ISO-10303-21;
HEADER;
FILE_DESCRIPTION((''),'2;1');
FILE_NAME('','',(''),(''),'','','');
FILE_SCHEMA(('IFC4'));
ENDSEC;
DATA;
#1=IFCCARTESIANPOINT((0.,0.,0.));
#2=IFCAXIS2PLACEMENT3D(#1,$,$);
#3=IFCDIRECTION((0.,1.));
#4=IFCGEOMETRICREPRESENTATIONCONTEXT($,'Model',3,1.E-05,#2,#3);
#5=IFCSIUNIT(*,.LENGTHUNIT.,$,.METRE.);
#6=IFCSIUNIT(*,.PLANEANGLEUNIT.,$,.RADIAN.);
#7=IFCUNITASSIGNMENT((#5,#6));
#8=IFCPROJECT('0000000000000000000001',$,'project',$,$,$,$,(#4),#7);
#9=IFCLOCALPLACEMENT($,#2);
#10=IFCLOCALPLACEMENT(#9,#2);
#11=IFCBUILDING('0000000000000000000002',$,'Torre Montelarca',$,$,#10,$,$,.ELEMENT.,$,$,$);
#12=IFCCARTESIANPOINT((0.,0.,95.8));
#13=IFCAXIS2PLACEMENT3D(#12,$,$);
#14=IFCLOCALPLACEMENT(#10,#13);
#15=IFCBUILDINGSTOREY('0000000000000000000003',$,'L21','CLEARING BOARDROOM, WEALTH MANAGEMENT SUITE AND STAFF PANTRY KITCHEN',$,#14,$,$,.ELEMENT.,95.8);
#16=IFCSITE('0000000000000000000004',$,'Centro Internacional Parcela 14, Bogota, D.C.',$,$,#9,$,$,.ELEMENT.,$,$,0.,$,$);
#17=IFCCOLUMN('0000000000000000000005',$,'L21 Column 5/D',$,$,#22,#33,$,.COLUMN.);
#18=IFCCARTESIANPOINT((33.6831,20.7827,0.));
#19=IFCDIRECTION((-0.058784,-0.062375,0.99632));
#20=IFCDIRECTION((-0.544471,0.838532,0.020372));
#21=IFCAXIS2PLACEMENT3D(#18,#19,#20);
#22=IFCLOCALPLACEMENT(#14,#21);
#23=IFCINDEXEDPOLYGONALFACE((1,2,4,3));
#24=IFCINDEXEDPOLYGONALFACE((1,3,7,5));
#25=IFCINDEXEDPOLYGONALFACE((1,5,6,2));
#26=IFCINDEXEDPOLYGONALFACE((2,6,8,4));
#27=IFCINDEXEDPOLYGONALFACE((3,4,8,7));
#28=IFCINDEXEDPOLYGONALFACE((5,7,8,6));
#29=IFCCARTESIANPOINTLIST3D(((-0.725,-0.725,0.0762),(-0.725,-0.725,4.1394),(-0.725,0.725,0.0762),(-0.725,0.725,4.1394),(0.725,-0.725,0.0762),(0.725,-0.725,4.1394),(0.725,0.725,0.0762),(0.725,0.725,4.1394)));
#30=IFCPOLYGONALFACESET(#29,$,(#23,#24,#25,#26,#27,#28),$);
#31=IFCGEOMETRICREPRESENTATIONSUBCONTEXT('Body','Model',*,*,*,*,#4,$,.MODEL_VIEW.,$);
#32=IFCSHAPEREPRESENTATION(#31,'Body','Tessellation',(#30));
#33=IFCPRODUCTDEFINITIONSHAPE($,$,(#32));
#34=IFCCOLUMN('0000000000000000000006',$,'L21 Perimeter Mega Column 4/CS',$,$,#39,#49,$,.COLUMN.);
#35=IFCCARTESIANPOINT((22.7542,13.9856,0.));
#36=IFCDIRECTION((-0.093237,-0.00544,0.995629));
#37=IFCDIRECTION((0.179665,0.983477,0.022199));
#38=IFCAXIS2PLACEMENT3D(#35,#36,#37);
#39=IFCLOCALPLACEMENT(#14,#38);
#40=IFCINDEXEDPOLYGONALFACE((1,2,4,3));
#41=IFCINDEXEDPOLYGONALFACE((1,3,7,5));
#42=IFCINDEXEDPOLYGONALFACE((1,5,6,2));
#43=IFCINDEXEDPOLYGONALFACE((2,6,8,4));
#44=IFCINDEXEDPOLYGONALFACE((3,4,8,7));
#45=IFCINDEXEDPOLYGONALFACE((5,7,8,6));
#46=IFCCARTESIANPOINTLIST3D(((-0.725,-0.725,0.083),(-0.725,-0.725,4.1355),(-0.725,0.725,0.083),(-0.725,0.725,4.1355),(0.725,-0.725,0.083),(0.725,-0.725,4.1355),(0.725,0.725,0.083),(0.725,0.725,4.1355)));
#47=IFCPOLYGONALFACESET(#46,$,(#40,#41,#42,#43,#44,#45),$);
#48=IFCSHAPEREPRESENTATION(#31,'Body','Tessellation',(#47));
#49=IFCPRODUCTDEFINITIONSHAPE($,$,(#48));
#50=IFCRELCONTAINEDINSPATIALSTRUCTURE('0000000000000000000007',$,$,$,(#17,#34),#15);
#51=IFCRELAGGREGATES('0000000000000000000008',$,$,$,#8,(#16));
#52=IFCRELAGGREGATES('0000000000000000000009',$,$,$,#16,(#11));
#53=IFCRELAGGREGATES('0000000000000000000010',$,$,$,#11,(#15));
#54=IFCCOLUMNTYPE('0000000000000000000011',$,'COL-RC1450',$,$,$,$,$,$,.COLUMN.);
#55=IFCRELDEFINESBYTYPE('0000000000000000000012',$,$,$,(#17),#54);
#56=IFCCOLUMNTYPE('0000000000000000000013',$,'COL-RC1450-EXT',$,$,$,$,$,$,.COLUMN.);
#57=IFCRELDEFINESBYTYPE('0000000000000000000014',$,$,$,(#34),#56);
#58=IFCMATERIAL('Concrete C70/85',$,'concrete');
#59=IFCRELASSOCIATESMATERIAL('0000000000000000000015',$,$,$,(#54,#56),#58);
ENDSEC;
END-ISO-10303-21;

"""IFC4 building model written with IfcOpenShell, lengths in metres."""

from ifc_helpers import new_model, si_unit, direction, frame, origin, origin_2d, place, context, subcontext, project, spatial, rectangle, extrude, clip, halfspace, material, material_profile, profile_set, type_object, element, save


model = new_model("IFC4")

# Units and contexts
model_context = context("Model", 3, precision=1e-05, world=origin(), true_north=direction((0.0, 1.0)))
body_context = subcontext(model_context, "Body", "Model", "MODEL_VIEW")
ifc_project = project(units=[si_unit("LENGTHUNIT", "METRE"), si_unit("PLANEANGLEUNIT", "RADIAN")], contexts=[model_context])

# Site, building, storey
site_placement = place(None, origin())
site = spatial("IfcSite", under=ifc_project, at=site_placement, Name="Centro Internacional Parcela 14, Bogota, D.C.", CompositionType="ELEMENT", RefElevation=0.0)
building_placement = place(site_placement, origin())
building = spatial("IfcBuilding", under=site, at=building_placement, Name="Torre Montelarca", CompositionType="ELEMENT")
storey_placement = place(building_placement, frame((0.0, 0.0, 95.8)))
storey = spatial("IfcBuildingStorey", under=building, at=storey_placement, Name="L21", Description="CLEARING BOARDROOM, WEALTH MANAGEMENT SUITE AND STAFF PANTRY KITCHEN", CompositionType="ELEMENT", Elevation=95.8)

# Columns
ifc_material_1 = material(Name="Concrete C70/85", Category="concrete")
ifc_material_profile_1 = material_profile(ifc_material_1, rectangle(XDim=1.45, YDim=1.45, at=origin_2d()), Name="RC1450X1450", Category="concrete")
ifc_profile_set_1 = profile_set([ifc_material_profile_1], Name="Concrete C70/85")
column_type_1 = type_object("IfcColumnType", Name="COL-RC1450", PredefinedType="COLUMN", material=ifc_profile_set_1)
column_1_placement = place(storey_placement, frame((33.6831, 20.7827, 0.0), z_axis=(-0.058784, -0.062375, 0.99632), x_axis=(-0.544471, 0.838532, 0.020372)))
element("IfcColumn", 1, at=column_1_placement, inside=storey, type_object=column_type_1, Name="L21 Column 5/D", PredefinedType="COLUMN", context=body_context, shape_type="Clipping", body=[
    clip(clip(extrude(rectangle(XDim=1.45, YDim=1.45, at=origin_2d()), origin(), (0.0, 0.0, 1.0), 4.2156), halfspace(frame((0.0, 0.0, 0.0762), z_axis=(0.0, 0.0, -1.0), x_axis=(1.0, 0.0, 0.0)), False)), halfspace(frame((0.0, 0.0, 4.1394), z_axis=(0.0, 0.0, 1.0), x_axis=(1.0, 0.0, 0.0)), False)),
])
ifc_material_profile_2 = material_profile(ifc_material_1, rectangle(XDim=1.45, YDim=1.45, at=origin_2d()), Name="RC1450X1450", Category="concrete")
ifc_profile_set_2 = profile_set([ifc_material_profile_2], Name="Concrete C70/85")
column_type_2 = type_object("IfcColumnType", Name="COL-RC1450-EXT", PredefinedType="COLUMN", material=ifc_profile_set_2)
column_2_placement = place(storey_placement, frame((22.7542, 13.9856, 0.0), z_axis=(-0.093237, -0.00544, 0.995629), x_axis=(0.179665, 0.983477, 0.022199)))
element("IfcColumn", 2, at=column_2_placement, inside=storey, type_object=column_type_2, Name="L21 Perimeter Mega Column 4/CS", PredefinedType="COLUMN", context=body_context, shape_type="Clipping", body=[
    clip(clip(extrude(rectangle(XDim=1.45, YDim=1.45, at=origin_2d()), origin(), (0.0, 0.0, 1.0), 4.2185), halfspace(frame((0.0, 0.0, 0.083), z_axis=(0.0, 0.0, -1.0), x_axis=(1.0, 0.0, 0.0)), False)), halfspace(frame((0.0, 0.0, 4.1355), z_axis=(0.0, 0.0, 1.0), x_axis=(1.0, 0.0, 0.0)), False)),
])

save(model, "model.ifc")
